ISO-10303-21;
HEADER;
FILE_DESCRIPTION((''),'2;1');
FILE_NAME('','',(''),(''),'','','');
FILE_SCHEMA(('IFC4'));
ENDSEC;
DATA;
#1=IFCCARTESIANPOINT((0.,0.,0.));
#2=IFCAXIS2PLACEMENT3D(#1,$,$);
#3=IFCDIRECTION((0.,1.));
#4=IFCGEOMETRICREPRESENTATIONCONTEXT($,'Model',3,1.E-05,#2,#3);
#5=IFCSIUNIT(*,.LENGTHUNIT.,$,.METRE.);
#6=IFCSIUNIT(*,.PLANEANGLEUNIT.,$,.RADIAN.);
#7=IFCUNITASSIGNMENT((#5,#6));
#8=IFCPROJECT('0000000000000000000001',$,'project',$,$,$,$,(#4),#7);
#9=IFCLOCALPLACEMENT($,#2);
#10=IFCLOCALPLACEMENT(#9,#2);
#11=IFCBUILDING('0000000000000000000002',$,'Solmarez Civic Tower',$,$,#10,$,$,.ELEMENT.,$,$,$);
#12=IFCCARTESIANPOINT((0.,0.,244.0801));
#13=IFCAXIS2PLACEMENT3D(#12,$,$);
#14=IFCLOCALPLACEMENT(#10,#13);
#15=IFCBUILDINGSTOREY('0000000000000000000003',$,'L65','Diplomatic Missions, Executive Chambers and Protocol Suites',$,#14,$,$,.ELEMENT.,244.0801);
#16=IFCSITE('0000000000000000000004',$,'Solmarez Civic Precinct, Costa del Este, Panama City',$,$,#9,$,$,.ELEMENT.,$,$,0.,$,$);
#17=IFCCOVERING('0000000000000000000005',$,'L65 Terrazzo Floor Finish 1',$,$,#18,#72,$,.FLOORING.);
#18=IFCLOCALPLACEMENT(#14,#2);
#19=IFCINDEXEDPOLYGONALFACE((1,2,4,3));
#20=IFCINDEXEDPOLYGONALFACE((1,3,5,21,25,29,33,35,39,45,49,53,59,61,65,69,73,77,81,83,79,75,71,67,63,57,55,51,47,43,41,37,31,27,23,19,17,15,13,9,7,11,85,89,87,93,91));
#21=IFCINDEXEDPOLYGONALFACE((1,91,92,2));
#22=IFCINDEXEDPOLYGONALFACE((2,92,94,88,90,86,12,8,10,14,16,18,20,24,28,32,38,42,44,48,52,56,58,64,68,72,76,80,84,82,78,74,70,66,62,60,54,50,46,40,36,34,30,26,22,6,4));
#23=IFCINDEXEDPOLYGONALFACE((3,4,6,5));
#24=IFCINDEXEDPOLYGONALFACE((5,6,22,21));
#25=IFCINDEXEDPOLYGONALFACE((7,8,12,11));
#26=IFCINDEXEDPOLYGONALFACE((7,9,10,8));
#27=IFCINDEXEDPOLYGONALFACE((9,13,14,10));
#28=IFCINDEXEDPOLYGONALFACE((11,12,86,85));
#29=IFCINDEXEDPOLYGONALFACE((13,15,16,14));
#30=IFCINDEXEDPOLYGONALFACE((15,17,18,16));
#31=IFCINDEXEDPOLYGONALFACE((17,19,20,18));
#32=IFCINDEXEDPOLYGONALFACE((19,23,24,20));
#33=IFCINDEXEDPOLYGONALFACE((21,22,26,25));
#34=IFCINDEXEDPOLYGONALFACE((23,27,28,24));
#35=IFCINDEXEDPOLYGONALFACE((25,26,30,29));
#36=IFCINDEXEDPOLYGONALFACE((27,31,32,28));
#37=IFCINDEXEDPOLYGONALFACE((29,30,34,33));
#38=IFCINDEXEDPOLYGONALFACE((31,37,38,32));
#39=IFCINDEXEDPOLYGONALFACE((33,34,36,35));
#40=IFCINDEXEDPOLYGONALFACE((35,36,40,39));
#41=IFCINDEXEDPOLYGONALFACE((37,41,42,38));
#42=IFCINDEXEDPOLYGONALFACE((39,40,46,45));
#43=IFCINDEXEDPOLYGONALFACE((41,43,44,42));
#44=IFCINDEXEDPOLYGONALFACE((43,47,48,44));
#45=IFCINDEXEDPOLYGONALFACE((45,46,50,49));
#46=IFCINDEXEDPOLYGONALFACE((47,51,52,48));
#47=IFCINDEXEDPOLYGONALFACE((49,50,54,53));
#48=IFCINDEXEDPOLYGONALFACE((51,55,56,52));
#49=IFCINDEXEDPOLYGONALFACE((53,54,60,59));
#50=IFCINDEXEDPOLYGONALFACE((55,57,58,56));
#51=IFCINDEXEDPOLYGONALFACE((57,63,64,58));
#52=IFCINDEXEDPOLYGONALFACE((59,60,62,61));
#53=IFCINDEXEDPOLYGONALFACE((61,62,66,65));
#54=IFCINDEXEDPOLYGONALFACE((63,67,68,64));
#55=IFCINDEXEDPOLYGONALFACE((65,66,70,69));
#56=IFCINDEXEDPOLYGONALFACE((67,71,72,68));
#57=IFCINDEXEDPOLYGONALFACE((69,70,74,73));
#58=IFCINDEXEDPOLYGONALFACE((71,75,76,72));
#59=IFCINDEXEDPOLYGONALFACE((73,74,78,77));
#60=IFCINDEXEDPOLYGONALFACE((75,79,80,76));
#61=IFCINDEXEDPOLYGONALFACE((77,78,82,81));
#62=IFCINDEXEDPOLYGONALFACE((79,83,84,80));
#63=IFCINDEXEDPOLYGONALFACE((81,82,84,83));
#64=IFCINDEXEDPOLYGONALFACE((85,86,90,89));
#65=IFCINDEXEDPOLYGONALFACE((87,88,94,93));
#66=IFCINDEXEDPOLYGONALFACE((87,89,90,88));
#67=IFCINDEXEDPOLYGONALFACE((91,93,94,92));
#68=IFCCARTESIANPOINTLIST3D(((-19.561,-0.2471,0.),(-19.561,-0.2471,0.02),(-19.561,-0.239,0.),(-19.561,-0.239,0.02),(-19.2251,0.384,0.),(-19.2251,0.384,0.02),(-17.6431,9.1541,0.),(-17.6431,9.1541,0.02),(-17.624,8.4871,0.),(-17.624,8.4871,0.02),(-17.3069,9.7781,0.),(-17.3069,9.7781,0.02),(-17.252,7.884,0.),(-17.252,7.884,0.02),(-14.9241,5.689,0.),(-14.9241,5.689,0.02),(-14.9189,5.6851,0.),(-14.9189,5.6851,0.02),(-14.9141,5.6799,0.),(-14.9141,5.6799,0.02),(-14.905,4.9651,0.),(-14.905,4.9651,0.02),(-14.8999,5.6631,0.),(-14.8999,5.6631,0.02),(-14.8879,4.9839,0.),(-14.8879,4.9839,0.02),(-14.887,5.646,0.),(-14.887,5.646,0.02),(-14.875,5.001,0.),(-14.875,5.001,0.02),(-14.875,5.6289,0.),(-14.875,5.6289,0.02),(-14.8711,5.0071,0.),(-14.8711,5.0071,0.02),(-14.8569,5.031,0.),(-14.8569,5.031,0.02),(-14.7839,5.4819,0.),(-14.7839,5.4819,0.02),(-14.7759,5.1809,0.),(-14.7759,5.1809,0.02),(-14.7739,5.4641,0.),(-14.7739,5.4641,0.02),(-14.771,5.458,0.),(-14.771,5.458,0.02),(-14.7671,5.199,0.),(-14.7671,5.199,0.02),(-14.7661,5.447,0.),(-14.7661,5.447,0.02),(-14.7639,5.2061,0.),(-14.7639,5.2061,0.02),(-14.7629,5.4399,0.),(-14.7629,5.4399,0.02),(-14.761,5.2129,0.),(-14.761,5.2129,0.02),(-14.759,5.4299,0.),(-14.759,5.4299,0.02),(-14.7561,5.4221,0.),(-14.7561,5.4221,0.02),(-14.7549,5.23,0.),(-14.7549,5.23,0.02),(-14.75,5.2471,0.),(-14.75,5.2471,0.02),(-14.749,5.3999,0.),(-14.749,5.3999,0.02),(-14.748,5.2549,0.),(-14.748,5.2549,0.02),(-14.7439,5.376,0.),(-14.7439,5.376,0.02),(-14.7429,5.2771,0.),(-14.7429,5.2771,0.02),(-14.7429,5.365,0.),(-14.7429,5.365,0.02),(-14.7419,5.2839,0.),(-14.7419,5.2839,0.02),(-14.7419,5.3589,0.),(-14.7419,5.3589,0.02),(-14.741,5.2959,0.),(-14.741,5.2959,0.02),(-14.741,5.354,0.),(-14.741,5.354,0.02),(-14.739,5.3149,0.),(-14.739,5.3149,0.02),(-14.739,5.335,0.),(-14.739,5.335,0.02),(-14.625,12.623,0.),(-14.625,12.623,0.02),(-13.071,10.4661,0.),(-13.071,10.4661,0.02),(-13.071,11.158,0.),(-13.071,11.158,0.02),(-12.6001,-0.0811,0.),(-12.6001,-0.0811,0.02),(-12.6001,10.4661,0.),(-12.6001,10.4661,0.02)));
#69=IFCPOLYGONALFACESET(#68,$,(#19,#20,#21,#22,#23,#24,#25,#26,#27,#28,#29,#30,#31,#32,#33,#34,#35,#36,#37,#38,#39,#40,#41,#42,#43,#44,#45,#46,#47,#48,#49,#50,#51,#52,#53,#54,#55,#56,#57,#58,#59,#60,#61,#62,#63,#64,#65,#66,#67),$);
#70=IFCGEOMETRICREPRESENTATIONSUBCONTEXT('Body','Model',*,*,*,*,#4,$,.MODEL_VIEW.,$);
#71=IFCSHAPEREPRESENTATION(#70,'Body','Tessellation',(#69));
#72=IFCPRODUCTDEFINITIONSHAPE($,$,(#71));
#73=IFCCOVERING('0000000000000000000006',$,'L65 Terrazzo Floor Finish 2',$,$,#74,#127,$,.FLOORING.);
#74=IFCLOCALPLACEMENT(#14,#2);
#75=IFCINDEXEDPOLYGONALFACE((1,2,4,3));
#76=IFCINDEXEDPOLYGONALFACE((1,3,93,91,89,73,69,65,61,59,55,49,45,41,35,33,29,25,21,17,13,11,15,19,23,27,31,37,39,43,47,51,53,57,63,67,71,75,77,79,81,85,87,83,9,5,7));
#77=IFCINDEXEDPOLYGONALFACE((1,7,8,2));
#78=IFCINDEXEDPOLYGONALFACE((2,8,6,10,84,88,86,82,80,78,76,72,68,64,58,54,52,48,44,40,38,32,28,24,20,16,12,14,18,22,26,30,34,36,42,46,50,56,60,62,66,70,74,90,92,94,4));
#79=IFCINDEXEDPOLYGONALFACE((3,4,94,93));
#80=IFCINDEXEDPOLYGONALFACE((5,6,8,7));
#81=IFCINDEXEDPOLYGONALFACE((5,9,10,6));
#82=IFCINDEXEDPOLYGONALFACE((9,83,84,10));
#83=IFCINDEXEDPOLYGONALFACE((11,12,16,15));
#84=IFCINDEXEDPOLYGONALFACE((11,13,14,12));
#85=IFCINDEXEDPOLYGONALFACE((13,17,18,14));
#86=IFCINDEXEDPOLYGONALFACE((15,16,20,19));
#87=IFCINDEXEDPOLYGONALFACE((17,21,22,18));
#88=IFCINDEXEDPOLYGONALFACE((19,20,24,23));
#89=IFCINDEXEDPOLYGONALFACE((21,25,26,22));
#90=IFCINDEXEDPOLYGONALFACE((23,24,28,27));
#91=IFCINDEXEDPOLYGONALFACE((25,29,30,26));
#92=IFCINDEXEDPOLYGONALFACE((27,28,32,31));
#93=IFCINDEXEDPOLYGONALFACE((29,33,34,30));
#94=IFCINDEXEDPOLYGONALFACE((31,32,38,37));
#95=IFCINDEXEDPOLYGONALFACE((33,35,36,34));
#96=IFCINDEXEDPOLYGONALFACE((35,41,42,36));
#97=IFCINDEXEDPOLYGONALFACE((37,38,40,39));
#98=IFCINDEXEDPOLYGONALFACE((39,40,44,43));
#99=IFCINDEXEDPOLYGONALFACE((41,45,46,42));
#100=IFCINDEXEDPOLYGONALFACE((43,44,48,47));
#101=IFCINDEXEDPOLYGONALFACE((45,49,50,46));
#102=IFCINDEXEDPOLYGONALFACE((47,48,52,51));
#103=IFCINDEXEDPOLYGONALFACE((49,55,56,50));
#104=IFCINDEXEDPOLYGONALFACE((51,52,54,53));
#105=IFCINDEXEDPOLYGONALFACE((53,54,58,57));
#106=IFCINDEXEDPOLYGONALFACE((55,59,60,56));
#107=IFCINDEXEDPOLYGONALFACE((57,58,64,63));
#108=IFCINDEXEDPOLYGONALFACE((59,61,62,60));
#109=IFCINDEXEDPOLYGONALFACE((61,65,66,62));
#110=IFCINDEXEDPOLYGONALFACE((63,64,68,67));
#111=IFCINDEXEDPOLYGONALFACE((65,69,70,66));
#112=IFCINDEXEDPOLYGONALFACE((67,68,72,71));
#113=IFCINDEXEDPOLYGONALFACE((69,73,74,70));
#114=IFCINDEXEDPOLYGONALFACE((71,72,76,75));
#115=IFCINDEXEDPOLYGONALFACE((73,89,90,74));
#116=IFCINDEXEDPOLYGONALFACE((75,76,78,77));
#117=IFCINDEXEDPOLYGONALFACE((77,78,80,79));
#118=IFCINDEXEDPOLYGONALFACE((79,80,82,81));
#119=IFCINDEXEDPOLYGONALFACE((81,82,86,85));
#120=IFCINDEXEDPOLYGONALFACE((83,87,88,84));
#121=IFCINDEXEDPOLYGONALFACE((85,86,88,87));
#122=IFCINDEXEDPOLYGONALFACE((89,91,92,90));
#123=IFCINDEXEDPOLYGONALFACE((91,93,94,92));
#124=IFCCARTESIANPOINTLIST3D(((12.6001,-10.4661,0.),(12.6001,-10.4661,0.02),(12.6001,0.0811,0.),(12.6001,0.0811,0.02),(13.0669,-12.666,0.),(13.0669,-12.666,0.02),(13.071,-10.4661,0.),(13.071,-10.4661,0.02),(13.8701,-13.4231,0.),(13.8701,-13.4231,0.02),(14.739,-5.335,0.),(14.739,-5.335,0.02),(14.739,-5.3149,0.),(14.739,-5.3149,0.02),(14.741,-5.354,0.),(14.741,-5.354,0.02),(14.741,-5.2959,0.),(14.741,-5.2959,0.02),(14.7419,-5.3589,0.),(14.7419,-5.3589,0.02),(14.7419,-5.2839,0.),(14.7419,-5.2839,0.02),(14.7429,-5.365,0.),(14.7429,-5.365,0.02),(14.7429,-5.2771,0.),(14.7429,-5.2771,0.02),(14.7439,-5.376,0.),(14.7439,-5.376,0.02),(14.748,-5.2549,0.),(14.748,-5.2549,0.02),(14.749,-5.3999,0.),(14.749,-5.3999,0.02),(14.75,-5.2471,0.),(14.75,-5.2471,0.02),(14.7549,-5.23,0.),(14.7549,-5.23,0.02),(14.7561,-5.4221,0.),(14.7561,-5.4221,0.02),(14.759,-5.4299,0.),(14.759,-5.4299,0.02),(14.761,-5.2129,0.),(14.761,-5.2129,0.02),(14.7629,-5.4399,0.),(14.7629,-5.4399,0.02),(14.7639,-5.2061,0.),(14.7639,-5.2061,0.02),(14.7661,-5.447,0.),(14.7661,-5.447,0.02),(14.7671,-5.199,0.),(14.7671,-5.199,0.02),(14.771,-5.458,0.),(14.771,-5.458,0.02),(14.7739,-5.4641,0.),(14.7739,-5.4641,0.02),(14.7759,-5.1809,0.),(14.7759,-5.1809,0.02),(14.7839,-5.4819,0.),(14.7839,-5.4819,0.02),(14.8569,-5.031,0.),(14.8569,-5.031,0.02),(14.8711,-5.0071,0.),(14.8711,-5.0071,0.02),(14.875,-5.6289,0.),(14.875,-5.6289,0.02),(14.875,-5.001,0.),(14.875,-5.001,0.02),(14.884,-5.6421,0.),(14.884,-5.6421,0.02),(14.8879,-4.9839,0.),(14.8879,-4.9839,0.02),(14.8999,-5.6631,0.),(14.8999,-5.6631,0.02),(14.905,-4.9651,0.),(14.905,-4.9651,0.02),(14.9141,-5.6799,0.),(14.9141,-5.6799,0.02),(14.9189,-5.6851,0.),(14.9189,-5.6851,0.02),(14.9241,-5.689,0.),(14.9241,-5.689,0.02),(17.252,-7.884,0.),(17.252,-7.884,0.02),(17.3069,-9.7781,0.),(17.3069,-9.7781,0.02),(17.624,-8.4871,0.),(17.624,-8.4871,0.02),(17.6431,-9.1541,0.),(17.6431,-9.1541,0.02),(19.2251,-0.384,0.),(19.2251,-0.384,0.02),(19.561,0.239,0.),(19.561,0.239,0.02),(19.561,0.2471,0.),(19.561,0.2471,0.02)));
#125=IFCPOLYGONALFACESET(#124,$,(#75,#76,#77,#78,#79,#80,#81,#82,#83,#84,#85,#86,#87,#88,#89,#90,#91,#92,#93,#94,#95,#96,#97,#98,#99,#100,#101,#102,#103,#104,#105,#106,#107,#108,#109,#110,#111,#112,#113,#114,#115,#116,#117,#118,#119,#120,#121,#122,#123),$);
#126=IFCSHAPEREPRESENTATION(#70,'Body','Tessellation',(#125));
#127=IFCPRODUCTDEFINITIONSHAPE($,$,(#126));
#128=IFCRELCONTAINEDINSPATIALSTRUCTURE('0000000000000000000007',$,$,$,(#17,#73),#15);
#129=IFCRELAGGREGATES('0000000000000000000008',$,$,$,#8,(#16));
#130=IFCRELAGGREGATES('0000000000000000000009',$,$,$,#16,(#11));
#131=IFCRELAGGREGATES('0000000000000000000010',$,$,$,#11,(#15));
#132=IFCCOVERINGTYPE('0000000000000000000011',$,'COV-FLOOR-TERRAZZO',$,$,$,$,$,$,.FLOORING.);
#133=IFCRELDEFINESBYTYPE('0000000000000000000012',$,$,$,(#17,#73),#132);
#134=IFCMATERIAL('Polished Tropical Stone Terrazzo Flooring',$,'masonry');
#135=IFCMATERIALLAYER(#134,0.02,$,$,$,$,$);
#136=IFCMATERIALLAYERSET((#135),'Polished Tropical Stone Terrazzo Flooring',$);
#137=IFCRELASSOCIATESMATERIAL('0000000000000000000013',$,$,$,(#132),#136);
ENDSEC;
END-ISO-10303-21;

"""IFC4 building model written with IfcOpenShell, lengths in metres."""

from ifc_helpers import new_model, si_unit, direction, frame, origin, place, context, subcontext, project, spatial, polyline, outline, extrude, material, layer, layer_set, type_object, element, save


model = new_model("IFC4")

# Units and contexts
model_context = context("Model", 3, precision=1e-05, world=origin(), true_north=direction((0.0, 1.0)))
body_context = subcontext(model_context, "Body", "Model", "MODEL_VIEW")
ifc_project = project(units=[si_unit("LENGTHUNIT", "METRE"), si_unit("PLANEANGLEUNIT", "RADIAN")], contexts=[model_context])

# Site, building, storey
site_placement = place(None, origin())
site = spatial("IfcSite", under=ifc_project, at=site_placement, Name="Solmarez Civic Precinct, Costa del Este, Panama City", CompositionType="ELEMENT", RefElevation=0.0)
building_placement = place(site_placement, origin())
building = spatial("IfcBuilding", under=site, at=building_placement, Name="Solmarez Civic Tower", CompositionType="ELEMENT")
storey_placement = place(building_placement, frame((0.0, 0.0, 244.0801)))
storey = spatial("IfcBuildingStorey", under=building, at=storey_placement, Name="L65", Description="Diplomatic Missions, Executive Chambers and Protocol Suites", CompositionType="ELEMENT", Elevation=244.0801)

# Coverings
ifc_material_1 = material(Name="Polished Tropical Stone Terrazzo Flooring", Category="masonry")
ifc_layer_1 = layer(ifc_material_1, 0.02)
ifc_layer_set_1 = layer_set([ifc_layer_1], Name="Polished Tropical Stone Terrazzo Flooring")
covering_type_1 = type_object("IfcCoveringType", Name="COV-FLOOR-TERRAZZO", PredefinedType="FLOORING", material=ifc_layer_set_1)
covering_1_placement = place(storey_placement, origin())
element("IfcCovering", 1, at=covering_1_placement, inside=storey, type_object=covering_type_1, Name="L65 Terrazzo Floor Finish 1", PredefinedType="FLOORING", context=body_context, shape_type="SweptSolid", body=[
    extrude(outline(polyline([(-14.875, 5.6289), (-14.7839, 5.4819), (-14.7739, 5.4641), (-14.771, 5.458), (-14.7661, 5.447), (-14.7629, 5.4399), (-14.759, 5.4299), (-14.7561, 5.4221), (-14.749, 5.3999), (-14.7439, 5.376), (-14.7429, 5.365), (-14.7419, 5.3589), (-14.741, 5.354), (-14.739, 5.335), (-14.739, 5.3149), (-14.741, 5.2959), (-14.7419, 5.2839), (-14.7429, 5.2771), (-14.748, 5.2549), (-14.75, 5.2471), (-14.7549, 5.23), (-14.761, 5.2129), (-14.7639, 5.2061), (-14.7671, 5.199), (-14.7759, 5.1809), (-14.8569, 5.031), (-14.8711, 5.0071), (-14.875, 5.001), (-14.8879, 4.9839), (-14.905, 4.9651), (-19.2251, 0.384), (-19.561, -0.239), (-19.561, -0.2471), (-12.6001, -0.0811), (-12.6001, 10.4661), (-13.071, 10.4661), (-13.071, 11.158), (-14.625, 12.623), (-17.3069, 9.7781), (-17.6431, 9.1541), (-17.624, 8.4871), (-17.252, 7.884), (-14.9241, 5.689), (-14.9189, 5.6851), (-14.9141, 5.6799), (-14.8999, 5.6631), (-14.887, 5.646), (-14.875, 5.6289)])), origin(), (0.0, 0.0, 1.0), 0.02),
])
covering_2_placement = place(storey_placement, origin())
element("IfcCovering", 2, at=covering_2_placement, inside=storey, type_object=covering_type_1, Name="L65 Terrazzo Floor Finish 2", PredefinedType="FLOORING", context=body_context, shape_type="SweptSolid", body=[
    extrude(outline(polyline([(12.6001, 0.0811), (12.6001, -10.4661), (13.071, -10.4661), (13.0669, -12.666), (13.8701, -13.4231), (17.3069, -9.7781), (17.6431, -9.1541), (17.624, -8.4871), (17.252, -7.884), (14.9241, -5.689), (14.9189, -5.6851), (14.9141, -5.6799), (14.8999, -5.6631), (14.884, -5.6421), (14.875, -5.6289), (14.7839, -5.4819), (14.7739, -5.4641), (14.771, -5.458), (14.7661, -5.447), (14.7629, -5.4399), (14.759, -5.4299), (14.7561, -5.4221), (14.749, -5.3999), (14.7439, -5.376), (14.7429, -5.365), (14.7419, -5.3589), (14.741, -5.354), (14.739, -5.335), (14.739, -5.3149), (14.741, -5.2959), (14.7419, -5.2839), (14.7429, -5.2771), (14.748, -5.2549), (14.75, -5.2471), (14.7549, -5.23), (14.761, -5.2129), (14.7639, -5.2061), (14.7671, -5.199), (14.7759, -5.1809), (14.8569, -5.031), (14.8711, -5.0071), (14.875, -5.001), (14.8879, -4.9839), (14.905, -4.9651), (19.2251, -0.384), (19.561, 0.239), (19.561, 0.2471), (12.6001, 0.0811)])), origin(), (0.0, 0.0, 1.0), 0.02),
])

save(model, "model.ifc")
